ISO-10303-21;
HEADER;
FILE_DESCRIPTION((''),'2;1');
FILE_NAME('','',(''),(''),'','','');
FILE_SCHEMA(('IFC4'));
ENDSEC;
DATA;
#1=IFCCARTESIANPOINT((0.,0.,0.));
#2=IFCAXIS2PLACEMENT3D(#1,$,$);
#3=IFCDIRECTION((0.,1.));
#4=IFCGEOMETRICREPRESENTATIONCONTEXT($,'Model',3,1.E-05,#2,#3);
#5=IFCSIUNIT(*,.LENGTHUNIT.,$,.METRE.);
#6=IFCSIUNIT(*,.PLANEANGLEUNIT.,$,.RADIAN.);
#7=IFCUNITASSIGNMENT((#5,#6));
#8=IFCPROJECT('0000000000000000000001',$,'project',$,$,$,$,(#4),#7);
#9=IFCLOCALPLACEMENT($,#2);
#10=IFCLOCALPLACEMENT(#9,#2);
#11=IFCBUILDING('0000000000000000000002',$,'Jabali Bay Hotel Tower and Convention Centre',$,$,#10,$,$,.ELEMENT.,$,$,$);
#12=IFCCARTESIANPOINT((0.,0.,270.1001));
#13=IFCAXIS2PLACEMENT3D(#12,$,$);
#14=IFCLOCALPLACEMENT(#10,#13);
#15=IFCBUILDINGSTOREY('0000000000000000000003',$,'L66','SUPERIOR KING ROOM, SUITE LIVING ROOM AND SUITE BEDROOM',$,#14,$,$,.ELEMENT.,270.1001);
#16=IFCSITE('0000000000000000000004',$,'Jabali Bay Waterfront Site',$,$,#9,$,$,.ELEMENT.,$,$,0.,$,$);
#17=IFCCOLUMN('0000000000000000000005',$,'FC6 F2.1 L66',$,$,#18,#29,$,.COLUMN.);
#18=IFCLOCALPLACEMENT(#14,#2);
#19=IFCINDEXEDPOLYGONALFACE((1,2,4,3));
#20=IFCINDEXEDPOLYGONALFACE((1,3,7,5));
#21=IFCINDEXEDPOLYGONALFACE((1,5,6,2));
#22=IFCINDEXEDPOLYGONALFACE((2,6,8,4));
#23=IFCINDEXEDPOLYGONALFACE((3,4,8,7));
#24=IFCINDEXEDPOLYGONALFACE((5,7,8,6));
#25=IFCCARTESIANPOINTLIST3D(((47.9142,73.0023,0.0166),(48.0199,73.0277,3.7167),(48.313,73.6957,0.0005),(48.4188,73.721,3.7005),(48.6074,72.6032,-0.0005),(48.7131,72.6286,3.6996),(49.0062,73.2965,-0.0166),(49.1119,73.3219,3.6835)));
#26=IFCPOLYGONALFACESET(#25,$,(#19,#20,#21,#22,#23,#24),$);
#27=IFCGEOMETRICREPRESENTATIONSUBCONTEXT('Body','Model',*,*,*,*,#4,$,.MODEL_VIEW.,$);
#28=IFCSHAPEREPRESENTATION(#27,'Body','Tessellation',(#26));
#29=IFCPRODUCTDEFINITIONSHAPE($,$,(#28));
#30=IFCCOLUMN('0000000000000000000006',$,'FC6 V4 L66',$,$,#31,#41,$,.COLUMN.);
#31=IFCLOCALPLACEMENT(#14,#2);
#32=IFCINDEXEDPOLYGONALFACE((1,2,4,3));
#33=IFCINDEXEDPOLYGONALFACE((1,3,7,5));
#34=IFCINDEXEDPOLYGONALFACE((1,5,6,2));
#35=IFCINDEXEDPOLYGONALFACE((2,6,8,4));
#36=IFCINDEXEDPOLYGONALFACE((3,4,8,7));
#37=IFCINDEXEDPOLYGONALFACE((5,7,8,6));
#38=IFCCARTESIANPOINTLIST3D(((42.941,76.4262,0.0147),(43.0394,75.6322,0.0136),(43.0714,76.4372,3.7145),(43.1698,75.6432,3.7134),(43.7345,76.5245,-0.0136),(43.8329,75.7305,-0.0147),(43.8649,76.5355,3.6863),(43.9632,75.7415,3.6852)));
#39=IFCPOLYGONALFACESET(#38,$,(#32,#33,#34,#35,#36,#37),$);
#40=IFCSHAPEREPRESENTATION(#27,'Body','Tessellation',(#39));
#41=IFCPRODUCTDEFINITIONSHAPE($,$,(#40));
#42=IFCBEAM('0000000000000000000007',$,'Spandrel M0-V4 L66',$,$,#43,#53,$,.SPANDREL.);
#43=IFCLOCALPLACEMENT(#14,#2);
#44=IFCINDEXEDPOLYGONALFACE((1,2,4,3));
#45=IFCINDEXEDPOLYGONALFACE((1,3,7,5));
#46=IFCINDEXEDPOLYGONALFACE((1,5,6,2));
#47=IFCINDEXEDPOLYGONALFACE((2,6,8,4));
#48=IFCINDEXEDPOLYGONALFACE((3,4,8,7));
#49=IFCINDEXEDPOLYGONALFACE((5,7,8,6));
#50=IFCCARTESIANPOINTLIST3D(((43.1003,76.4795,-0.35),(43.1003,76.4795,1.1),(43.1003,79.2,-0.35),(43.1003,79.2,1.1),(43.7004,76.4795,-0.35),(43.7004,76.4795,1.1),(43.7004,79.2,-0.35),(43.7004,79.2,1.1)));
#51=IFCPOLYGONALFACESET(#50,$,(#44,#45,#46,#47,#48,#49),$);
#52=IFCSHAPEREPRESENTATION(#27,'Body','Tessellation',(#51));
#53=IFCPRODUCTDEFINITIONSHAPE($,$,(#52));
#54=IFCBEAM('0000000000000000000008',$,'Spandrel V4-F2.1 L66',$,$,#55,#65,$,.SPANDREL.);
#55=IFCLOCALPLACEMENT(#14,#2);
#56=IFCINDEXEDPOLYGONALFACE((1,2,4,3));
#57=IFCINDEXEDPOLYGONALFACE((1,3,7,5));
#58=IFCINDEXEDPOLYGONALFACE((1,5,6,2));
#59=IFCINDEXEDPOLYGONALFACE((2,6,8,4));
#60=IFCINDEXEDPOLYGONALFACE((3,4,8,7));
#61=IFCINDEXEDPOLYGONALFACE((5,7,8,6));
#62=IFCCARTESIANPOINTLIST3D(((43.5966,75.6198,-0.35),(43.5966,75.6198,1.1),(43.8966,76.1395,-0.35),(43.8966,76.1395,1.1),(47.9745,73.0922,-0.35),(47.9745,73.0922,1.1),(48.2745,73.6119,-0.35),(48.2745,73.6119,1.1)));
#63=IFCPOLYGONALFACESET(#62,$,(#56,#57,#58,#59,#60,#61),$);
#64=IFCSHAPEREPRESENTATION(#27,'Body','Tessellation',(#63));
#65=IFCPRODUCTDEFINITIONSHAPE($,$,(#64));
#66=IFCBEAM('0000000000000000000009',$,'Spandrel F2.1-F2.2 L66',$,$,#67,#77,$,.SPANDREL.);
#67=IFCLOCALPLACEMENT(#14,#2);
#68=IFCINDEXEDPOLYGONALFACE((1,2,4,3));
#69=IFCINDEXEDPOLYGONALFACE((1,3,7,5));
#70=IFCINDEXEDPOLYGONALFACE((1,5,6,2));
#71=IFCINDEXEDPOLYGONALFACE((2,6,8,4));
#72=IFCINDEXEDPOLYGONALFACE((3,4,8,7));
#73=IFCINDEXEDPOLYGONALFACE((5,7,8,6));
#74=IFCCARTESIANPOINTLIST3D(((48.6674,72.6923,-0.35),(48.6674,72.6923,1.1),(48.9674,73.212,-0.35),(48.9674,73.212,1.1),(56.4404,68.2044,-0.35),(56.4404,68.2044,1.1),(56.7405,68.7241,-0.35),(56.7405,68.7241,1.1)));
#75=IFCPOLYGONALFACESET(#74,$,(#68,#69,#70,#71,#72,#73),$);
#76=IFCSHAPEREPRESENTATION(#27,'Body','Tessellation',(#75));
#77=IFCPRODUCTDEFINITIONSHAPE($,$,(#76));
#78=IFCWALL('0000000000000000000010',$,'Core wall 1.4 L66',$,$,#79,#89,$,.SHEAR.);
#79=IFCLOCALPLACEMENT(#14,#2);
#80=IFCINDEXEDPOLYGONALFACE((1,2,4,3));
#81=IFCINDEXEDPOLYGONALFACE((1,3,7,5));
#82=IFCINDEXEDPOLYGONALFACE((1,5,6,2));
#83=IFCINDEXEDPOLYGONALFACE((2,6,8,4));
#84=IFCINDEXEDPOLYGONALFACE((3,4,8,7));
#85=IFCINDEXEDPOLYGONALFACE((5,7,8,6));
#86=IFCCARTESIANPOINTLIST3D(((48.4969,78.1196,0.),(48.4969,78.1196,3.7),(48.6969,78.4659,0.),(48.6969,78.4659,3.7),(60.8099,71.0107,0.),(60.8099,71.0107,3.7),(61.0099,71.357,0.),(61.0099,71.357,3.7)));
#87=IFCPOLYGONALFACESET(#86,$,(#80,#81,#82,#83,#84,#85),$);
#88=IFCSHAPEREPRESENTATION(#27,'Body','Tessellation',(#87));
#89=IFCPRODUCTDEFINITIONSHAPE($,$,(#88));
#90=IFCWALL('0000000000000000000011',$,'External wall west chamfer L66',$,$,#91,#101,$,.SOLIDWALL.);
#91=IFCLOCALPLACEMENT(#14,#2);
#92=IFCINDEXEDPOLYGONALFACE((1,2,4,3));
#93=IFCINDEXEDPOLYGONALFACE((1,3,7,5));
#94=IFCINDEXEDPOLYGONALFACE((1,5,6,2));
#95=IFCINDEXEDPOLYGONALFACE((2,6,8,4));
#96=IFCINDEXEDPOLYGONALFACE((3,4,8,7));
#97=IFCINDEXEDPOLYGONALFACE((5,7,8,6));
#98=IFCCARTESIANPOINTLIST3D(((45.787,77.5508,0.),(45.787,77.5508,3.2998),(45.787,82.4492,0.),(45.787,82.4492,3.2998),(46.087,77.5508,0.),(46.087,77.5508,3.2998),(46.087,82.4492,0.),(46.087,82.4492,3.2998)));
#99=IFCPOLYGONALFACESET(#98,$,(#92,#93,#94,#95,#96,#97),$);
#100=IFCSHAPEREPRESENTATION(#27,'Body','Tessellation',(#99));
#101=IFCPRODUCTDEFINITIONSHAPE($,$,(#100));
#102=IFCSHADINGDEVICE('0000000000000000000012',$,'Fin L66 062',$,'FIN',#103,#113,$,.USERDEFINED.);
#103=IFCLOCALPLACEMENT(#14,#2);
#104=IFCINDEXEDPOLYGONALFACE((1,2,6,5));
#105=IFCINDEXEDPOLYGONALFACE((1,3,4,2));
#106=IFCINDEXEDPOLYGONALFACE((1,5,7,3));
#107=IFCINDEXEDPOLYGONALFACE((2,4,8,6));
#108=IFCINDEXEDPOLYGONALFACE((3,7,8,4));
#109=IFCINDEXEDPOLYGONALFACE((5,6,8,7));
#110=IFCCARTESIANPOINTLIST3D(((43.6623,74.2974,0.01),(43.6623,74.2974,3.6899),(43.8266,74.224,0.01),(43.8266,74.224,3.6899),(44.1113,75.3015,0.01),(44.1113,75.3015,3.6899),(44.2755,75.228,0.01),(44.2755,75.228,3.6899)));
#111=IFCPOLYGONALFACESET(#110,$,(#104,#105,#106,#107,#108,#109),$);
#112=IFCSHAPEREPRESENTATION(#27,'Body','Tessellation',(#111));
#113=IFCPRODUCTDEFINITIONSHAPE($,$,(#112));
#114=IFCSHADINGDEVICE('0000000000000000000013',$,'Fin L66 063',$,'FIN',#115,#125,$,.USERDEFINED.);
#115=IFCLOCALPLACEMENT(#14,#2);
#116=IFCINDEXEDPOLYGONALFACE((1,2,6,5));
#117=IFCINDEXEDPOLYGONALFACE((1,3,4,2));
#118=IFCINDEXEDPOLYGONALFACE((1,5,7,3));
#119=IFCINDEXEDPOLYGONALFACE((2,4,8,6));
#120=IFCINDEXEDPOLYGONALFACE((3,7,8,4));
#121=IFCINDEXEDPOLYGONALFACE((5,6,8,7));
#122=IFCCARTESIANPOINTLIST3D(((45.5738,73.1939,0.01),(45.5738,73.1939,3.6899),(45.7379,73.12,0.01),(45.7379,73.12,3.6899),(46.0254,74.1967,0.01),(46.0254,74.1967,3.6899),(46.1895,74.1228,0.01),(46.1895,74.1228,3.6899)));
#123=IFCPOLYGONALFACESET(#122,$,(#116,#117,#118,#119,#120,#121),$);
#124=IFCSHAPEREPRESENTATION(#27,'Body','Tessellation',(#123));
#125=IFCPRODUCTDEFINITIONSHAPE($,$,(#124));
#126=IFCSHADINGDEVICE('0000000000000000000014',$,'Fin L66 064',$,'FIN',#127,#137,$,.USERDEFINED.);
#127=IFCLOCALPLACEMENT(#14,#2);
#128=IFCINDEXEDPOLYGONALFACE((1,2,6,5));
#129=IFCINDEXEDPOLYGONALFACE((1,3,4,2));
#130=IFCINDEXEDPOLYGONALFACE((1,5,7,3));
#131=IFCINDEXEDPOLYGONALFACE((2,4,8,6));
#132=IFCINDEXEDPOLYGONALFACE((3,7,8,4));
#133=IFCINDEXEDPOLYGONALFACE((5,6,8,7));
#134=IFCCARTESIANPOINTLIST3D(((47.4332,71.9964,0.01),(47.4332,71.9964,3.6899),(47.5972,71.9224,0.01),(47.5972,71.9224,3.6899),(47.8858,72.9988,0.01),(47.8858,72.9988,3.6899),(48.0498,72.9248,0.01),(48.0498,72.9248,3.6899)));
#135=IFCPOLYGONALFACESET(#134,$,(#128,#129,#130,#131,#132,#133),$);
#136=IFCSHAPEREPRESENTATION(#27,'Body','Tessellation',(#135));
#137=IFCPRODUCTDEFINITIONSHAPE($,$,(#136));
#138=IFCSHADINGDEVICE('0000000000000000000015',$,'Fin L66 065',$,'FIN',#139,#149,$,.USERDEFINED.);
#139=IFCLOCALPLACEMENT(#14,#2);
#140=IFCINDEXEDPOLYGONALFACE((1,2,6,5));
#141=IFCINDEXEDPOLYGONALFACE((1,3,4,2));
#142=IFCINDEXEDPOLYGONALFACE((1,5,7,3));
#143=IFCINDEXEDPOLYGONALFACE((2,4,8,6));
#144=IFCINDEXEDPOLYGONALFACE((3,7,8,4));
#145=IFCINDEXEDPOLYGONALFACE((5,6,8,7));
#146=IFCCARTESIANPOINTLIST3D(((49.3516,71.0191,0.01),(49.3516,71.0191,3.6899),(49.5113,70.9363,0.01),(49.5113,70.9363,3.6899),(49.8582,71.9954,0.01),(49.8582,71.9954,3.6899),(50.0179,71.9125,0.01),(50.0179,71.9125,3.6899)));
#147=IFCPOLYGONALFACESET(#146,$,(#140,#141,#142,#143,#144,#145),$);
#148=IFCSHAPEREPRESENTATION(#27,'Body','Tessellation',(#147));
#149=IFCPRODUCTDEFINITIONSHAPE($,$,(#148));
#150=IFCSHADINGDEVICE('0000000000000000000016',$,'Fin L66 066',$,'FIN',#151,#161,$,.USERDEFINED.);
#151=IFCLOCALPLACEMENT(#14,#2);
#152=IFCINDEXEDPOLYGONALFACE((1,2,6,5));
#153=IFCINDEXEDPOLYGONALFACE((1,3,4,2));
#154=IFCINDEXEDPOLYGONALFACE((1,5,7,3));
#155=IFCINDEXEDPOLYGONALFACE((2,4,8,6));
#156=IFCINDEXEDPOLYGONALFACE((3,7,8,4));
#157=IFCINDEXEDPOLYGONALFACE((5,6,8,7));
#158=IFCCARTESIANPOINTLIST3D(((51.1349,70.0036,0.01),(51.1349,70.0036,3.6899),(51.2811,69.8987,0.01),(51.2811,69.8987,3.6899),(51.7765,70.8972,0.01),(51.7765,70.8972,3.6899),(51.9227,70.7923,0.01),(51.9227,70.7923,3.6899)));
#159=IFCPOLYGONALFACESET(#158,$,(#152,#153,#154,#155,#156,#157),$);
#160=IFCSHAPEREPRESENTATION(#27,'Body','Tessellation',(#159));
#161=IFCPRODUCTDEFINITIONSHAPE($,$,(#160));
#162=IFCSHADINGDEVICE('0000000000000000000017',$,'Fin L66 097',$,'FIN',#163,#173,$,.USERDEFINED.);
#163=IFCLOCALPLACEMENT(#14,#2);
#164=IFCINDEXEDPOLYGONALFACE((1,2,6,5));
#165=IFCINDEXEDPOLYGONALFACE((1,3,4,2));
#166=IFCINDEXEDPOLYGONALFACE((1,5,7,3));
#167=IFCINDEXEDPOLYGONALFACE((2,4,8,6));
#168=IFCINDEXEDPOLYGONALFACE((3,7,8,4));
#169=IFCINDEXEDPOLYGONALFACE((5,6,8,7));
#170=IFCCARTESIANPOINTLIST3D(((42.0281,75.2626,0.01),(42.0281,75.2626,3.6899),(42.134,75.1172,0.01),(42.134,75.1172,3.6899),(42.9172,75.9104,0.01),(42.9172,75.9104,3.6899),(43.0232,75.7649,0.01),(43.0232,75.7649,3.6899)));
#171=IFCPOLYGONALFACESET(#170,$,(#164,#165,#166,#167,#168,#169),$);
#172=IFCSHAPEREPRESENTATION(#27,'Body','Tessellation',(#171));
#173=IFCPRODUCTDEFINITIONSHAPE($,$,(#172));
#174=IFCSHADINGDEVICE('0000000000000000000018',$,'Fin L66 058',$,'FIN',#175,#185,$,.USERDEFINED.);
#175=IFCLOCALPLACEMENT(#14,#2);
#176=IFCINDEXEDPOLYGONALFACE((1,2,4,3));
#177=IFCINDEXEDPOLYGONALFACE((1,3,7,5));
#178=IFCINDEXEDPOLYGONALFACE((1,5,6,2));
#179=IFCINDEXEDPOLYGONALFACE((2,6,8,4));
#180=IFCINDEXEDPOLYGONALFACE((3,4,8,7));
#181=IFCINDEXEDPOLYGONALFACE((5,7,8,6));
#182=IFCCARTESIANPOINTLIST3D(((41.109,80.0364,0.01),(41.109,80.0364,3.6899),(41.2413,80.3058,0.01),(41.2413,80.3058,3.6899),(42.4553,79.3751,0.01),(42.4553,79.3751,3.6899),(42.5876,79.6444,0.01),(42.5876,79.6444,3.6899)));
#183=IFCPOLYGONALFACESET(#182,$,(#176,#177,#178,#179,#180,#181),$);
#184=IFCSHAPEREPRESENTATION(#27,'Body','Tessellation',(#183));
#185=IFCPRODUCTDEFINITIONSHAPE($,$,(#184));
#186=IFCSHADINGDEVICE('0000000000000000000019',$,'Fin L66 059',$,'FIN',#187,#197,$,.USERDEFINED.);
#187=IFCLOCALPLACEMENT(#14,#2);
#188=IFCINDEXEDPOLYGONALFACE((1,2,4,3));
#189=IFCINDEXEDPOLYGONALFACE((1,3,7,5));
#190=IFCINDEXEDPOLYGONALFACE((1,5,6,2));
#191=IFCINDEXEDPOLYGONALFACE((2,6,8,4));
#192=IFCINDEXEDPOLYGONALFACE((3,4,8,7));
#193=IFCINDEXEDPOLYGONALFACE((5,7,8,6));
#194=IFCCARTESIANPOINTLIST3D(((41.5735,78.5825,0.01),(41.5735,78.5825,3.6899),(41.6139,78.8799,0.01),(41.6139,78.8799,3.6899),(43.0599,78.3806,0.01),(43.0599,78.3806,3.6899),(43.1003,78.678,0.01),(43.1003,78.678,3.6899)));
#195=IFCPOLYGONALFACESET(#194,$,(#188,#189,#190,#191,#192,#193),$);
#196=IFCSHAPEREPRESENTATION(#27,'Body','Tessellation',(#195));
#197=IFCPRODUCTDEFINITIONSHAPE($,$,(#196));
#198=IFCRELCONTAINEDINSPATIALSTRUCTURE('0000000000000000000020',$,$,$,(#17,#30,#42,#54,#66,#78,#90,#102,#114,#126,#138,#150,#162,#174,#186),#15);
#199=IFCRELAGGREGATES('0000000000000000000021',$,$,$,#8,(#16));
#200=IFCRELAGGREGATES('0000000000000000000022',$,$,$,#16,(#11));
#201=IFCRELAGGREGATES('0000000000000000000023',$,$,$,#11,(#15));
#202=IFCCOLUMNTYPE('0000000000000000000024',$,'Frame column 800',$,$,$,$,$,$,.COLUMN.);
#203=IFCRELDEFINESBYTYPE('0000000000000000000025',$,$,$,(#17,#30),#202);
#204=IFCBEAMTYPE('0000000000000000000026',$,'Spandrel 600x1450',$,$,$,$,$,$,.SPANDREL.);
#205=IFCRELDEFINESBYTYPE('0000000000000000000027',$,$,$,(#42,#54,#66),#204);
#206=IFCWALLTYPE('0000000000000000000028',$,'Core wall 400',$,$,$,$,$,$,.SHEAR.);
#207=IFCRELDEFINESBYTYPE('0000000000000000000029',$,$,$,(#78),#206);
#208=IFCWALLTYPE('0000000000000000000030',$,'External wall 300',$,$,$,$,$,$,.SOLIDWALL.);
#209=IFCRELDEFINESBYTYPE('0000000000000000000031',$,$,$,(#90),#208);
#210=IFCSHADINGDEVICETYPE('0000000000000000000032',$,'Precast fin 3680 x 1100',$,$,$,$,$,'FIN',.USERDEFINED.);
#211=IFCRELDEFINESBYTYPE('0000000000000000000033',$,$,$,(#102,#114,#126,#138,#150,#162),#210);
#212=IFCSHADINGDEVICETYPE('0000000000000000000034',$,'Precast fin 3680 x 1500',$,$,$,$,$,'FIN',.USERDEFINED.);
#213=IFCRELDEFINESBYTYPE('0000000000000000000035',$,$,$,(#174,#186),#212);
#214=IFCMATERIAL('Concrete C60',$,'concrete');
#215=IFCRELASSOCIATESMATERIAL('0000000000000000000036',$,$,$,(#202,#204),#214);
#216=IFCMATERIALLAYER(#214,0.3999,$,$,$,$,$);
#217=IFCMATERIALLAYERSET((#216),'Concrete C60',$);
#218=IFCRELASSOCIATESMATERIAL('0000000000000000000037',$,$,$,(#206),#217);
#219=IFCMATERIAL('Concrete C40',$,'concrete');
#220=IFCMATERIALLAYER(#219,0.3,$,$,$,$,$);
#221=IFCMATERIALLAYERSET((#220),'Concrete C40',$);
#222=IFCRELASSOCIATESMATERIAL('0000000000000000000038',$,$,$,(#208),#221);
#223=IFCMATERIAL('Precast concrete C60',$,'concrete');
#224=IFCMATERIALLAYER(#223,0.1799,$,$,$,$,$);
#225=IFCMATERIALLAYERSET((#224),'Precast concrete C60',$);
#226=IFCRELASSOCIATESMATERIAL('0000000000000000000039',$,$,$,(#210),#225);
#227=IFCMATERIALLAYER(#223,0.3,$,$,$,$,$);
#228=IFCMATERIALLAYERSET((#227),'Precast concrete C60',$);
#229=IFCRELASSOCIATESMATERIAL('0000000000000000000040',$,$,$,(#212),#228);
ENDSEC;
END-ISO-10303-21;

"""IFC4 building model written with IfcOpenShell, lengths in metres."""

from ifc_helpers import new_model, si_unit, direction, frame, frame_2d, origin, origin_2d, place, context, subcontext, project, spatial, rectangle, extrude, material, layer, layer_set, material_profile, profile_set, type_object, element, save


model = new_model("IFC4")

# Units and contexts
model_context = context("Model", 3, precision=1e-05, world=origin(), true_north=direction((0.0, 1.0)))
body_context = subcontext(model_context, "Body", "Model", "MODEL_VIEW")
ifc_project = project(units=[si_unit("LENGTHUNIT", "METRE"), si_unit("PLANEANGLEUNIT", "RADIAN")], contexts=[model_context])

# Site, building, storey
site_placement = place(None, origin())
site = spatial("IfcSite", under=ifc_project, at=site_placement, Name="Jabali Bay Waterfront Site", CompositionType="ELEMENT", RefElevation=0.0)
building_placement = place(site_placement, origin())
building = spatial("IfcBuilding", under=site, at=building_placement, Name="Jabali Bay Hotel Tower and Convention Centre", CompositionType="ELEMENT")
storey_placement = place(building_placement, frame((0.0, 0.0, 270.1001)))
storey = spatial("IfcBuildingStorey", under=building, at=storey_placement, Name="L66", Description="SUPERIOR KING ROOM, SUITE LIVING ROOM AND SUITE BEDROOM", CompositionType="ELEMENT", Elevation=270.1001)

# Columns
ifc_material_1 = material(Name="Concrete C60", Category="concrete")
ifc_material_profile_1 = material_profile(ifc_material_1, rectangle(XDim=0.8, YDim=0.8, at=origin_2d()), Name="Frame column 800")
ifc_profile_set_1 = profile_set([ifc_material_profile_1], Name="Concrete C60")
column_type = type_object("IfcColumnType", Name="Frame column 800", PredefinedType="COLUMN", material=ifc_profile_set_1)
column_1_placement = place(storey_placement, frame((48.4602, 73.1494, 0.0), z_axis=(0.028559, 0.006859, 0.999569), x_axis=(-0.866411, 0.498875, 0.021331)))
element("IfcColumn", 1, at=column_1_placement, inside=storey, type_object=column_type, Name="FC6 F2.1 L66", PredefinedType="COLUMN", context=body_context, shape_type="SweptSolid", body=[
    extrude(rectangle(XDim=0.8, YDim=0.8, at=origin_2d()), origin(), (0.0, 0.0, 1.0), 3.7017),
])
column_2_placement = place(storey_placement, frame((43.387, 76.0784, 0.0), z_axis=(0.035214, 0.002967, 0.999375), x_axis=(-0.122927, 0.992415, 0.001385)))
element("IfcColumn", 2, at=column_2_placement, inside=storey, type_object=column_type, Name="FC6 V4 L66", PredefinedType="COLUMN", context=body_context, shape_type="SweptSolid", body=[
    extrude(rectangle(XDim=0.8, YDim=0.8, at=origin_2d()), origin(), (0.0, 0.0, 1.0), 3.7021),
])

# Beams
ifc_material_profile_2 = material_profile(ifc_material_1, rectangle(XDim=0.6001, YDim=1.45, at=origin_2d()), Name="Spandrel 600x1450")
ifc_profile_set_2 = profile_set([ifc_material_profile_2], Name="Concrete C60")
beam_type = type_object("IfcBeamType", Name="Spandrel 600x1450", PredefinedType="SPANDREL", material=ifc_profile_set_2)
beam_1_placement = place(storey_placement, frame((43.4004, 79.2, 0.375), z_axis=(0.0, -1.0, 0.0), x_axis=(1.0, 0.0, 0.0)))
element("IfcBeam", 3, at=beam_1_placement, inside=storey, type_object=beam_type, Name="Spandrel M0-V4 L66", PredefinedType="SPANDREL", context=body_context, shape_type="SweptSolid", body=[
    extrude(rectangle(XDim=0.6001, YDim=1.45, at=origin_2d()), origin(), (0.0, 0.0, 1.0), 2.7205),
])
beam_2_placement = place(storey_placement, frame((43.7466, 75.8796, 0.375), z_axis=(0.866026, -0.499998, 0.0), x_axis=(0.499998, 0.866026, 0.0)))
element("IfcBeam", 4, at=beam_2_placement, inside=storey, type_object=beam_type, Name="Spandrel V4-F2.1 L66", PredefinedType="SPANDREL", context=body_context, shape_type="SweptSolid", body=[
    extrude(rectangle(XDim=0.6001, YDim=1.45, at=origin_2d()), origin(), (0.0, 0.0, 1.0), 5.0552),
])
beam_3_placement = place(storey_placement, frame((48.8174, 72.9521, 0.375), z_axis=(0.866022, -0.500007, 0.0), x_axis=(0.500007, 0.866022, 0.0)))
element("IfcBeam", 5, at=beam_3_placement, inside=storey, type_object=beam_type, Name="Spandrel F2.1-F2.2 L66", PredefinedType="SPANDREL", context=body_context, shape_type="SweptSolid", body=[
    extrude(rectangle(XDim=0.6001, YDim=1.45, at=origin_2d()), origin(), (0.0, 0.0, 1.0), 8.9756),
])

# Walls
ifc_layer_1 = layer(ifc_material_1, 0.3999)
ifc_layer_set_1 = layer_set([ifc_layer_1], Name="Concrete C60")
wall_type_1 = type_object("IfcWallType", Name="Core wall 400", PredefinedType="SHEAR", material=ifc_layer_set_1)
wall_1_placement = place(storey_placement, frame((48.5969, 78.2927, 0.0), z_axis=(0.0, 0.0, 1.0), x_axis=(0.866026, -0.499999, 0.0)))
element("IfcWall", 6, at=wall_1_placement, inside=storey, type_object=wall_type_1, Name="Core wall 1.4 L66", PredefinedType="SHEAR", context=body_context, shape_type="SweptSolid", body=[
    extrude(rectangle(XDim=14.2178, YDim=0.3999, at=frame_2d((7.1089, 0.0))), origin(), (0.0, 0.0, 1.0), 3.7),
])
ifc_material_2 = material(Name="Concrete C40", Category="concrete")
ifc_layer_2 = layer(ifc_material_2, 0.3)
ifc_layer_set_2 = layer_set([ifc_layer_2], Name="Concrete C40")
wall_type_2 = type_object("IfcWallType", Name="External wall 300", PredefinedType="SOLIDWALL", material=ifc_layer_set_2)
wall_2_placement = place(storey_placement, frame((45.937, 77.5508, 0.0), z_axis=(0.0, 0.0, 1.0), x_axis=(0.0, 1.0, 0.0)))
element("IfcWall", 7, at=wall_2_placement, inside=storey, type_object=wall_type_2, Name="External wall west chamfer L66", PredefinedType="SOLIDWALL", context=body_context, shape_type="SweptSolid", body=[
    extrude(rectangle(XDim=4.8984, YDim=0.3, at=frame_2d((2.4492, 0.0))), origin(), (0.0, 0.0, 1.0), 3.2998),
])

# Shading devices
ifc_material_3 = material(Name="Precast concrete C60", Category="concrete")
ifc_layer_3 = layer(ifc_material_3, 0.1799)
ifc_layer_set_3 = layer_set([ifc_layer_3], Name="Precast concrete C60")
shading_device_type_1 = type_object("IfcShadingDeviceType", Name="Precast fin 3680 x 1100", ElementType="FIN", PredefinedType="USERDEFINED", material=ifc_layer_set_3)
for number, where, z_axis, x_axis, name in (
    (8, (44.1934, 75.2646, 0.01), (0.0, 0.0, 1.0), (-0.408176, -0.912903, 0.0), "Fin L66 062"),
    (9, (46.1074, 74.1597, 0.01), (0.0, 0.0, 1.0), (-0.410623, -0.911805, 0.0), "Fin L66 063"),
    (10, (47.9678, 72.9617, 0.01), (0.0, 0.0, 1.0), (-0.411527, -0.911397, 0.0), "Fin L66 064"),
    (11, (49.938, 71.9539, 0.01), (0.0, 0.0, 1.0), (-0.46057, -0.887623, 0.0), "Fin L66 065"),
):
    element("IfcShadingDevice", number, at=place(storey_placement, frame(where, z_axis=z_axis, x_axis=x_axis)), inside=storey, type_object=shading_device_type_1, Name=name, ObjectType="FIN", PredefinedType="USERDEFINED", context=body_context, shape_type="SweptSolid", body=[
        extrude(rectangle(XDim=1.0999, YDim=0.1799, at=frame_2d((0.5498, 0.0))), origin(), (0.0, 0.0, 1.0), 3.6799),
    ])
for number, where, z_axis, x_axis, name in (
    (12, (51.8496, 70.8447, 0.01), (0.0, 0.0, 1.0), (-0.583252, -0.812291, 0.0), "Fin L66 066"),
    (13, (42.9702, 75.8376, 0.01), (0.0, 0.0, 1.0), (-0.808285, -0.588792, 0.0), "Fin L66 097"),
):
    element("IfcShadingDevice", number, at=place(storey_placement, frame(where, z_axis=z_axis, x_axis=x_axis)), inside=storey, type_object=shading_device_type_1, Name=name, ObjectType="FIN", PredefinedType="USERDEFINED", context=body_context, shape_type="SweptSolid", body=[
        extrude(rectangle(XDim=1.1001, YDim=0.1799, at=frame_2d((0.55, 0.0))), origin(), (0.0, 0.0, 1.0), 3.6799),
    ])
ifc_layer_4 = layer(ifc_material_3, 0.3)
ifc_layer_set_4 = layer_set([ifc_layer_4], Name="Precast concrete C60")
shading_device_type_2 = type_object("IfcShadingDeviceType", Name="Precast fin 3680 x 1500", ElementType="FIN", PredefinedType="USERDEFINED", material=ifc_layer_set_4)
for number, where, z_axis, x_axis, name in (
    (14, (42.5215, 79.5098, 0.01), (0.0, 0.0, 1.0), (-0.897562, 0.440888, 0.0), "Fin L66 058"),
    (15, (43.0801, 78.5293, 0.01), (0.0, 0.0, 1.0), (-0.990899, 0.134605, 0.0), "Fin L66 059"),
):
    element("IfcShadingDevice", number, at=place(storey_placement, frame(where, z_axis=z_axis, x_axis=x_axis)), inside=storey, type_object=shading_device_type_2, Name=name, ObjectType="FIN", PredefinedType="USERDEFINED", context=body_context, shape_type="SweptSolid", body=[
        extrude(rectangle(XDim=1.5, YDim=0.3, at=frame_2d((0.75, 0.0))), origin(), (0.0, 0.0, 1.0), 3.6799),
    ])

save(model, "model.ifc")
